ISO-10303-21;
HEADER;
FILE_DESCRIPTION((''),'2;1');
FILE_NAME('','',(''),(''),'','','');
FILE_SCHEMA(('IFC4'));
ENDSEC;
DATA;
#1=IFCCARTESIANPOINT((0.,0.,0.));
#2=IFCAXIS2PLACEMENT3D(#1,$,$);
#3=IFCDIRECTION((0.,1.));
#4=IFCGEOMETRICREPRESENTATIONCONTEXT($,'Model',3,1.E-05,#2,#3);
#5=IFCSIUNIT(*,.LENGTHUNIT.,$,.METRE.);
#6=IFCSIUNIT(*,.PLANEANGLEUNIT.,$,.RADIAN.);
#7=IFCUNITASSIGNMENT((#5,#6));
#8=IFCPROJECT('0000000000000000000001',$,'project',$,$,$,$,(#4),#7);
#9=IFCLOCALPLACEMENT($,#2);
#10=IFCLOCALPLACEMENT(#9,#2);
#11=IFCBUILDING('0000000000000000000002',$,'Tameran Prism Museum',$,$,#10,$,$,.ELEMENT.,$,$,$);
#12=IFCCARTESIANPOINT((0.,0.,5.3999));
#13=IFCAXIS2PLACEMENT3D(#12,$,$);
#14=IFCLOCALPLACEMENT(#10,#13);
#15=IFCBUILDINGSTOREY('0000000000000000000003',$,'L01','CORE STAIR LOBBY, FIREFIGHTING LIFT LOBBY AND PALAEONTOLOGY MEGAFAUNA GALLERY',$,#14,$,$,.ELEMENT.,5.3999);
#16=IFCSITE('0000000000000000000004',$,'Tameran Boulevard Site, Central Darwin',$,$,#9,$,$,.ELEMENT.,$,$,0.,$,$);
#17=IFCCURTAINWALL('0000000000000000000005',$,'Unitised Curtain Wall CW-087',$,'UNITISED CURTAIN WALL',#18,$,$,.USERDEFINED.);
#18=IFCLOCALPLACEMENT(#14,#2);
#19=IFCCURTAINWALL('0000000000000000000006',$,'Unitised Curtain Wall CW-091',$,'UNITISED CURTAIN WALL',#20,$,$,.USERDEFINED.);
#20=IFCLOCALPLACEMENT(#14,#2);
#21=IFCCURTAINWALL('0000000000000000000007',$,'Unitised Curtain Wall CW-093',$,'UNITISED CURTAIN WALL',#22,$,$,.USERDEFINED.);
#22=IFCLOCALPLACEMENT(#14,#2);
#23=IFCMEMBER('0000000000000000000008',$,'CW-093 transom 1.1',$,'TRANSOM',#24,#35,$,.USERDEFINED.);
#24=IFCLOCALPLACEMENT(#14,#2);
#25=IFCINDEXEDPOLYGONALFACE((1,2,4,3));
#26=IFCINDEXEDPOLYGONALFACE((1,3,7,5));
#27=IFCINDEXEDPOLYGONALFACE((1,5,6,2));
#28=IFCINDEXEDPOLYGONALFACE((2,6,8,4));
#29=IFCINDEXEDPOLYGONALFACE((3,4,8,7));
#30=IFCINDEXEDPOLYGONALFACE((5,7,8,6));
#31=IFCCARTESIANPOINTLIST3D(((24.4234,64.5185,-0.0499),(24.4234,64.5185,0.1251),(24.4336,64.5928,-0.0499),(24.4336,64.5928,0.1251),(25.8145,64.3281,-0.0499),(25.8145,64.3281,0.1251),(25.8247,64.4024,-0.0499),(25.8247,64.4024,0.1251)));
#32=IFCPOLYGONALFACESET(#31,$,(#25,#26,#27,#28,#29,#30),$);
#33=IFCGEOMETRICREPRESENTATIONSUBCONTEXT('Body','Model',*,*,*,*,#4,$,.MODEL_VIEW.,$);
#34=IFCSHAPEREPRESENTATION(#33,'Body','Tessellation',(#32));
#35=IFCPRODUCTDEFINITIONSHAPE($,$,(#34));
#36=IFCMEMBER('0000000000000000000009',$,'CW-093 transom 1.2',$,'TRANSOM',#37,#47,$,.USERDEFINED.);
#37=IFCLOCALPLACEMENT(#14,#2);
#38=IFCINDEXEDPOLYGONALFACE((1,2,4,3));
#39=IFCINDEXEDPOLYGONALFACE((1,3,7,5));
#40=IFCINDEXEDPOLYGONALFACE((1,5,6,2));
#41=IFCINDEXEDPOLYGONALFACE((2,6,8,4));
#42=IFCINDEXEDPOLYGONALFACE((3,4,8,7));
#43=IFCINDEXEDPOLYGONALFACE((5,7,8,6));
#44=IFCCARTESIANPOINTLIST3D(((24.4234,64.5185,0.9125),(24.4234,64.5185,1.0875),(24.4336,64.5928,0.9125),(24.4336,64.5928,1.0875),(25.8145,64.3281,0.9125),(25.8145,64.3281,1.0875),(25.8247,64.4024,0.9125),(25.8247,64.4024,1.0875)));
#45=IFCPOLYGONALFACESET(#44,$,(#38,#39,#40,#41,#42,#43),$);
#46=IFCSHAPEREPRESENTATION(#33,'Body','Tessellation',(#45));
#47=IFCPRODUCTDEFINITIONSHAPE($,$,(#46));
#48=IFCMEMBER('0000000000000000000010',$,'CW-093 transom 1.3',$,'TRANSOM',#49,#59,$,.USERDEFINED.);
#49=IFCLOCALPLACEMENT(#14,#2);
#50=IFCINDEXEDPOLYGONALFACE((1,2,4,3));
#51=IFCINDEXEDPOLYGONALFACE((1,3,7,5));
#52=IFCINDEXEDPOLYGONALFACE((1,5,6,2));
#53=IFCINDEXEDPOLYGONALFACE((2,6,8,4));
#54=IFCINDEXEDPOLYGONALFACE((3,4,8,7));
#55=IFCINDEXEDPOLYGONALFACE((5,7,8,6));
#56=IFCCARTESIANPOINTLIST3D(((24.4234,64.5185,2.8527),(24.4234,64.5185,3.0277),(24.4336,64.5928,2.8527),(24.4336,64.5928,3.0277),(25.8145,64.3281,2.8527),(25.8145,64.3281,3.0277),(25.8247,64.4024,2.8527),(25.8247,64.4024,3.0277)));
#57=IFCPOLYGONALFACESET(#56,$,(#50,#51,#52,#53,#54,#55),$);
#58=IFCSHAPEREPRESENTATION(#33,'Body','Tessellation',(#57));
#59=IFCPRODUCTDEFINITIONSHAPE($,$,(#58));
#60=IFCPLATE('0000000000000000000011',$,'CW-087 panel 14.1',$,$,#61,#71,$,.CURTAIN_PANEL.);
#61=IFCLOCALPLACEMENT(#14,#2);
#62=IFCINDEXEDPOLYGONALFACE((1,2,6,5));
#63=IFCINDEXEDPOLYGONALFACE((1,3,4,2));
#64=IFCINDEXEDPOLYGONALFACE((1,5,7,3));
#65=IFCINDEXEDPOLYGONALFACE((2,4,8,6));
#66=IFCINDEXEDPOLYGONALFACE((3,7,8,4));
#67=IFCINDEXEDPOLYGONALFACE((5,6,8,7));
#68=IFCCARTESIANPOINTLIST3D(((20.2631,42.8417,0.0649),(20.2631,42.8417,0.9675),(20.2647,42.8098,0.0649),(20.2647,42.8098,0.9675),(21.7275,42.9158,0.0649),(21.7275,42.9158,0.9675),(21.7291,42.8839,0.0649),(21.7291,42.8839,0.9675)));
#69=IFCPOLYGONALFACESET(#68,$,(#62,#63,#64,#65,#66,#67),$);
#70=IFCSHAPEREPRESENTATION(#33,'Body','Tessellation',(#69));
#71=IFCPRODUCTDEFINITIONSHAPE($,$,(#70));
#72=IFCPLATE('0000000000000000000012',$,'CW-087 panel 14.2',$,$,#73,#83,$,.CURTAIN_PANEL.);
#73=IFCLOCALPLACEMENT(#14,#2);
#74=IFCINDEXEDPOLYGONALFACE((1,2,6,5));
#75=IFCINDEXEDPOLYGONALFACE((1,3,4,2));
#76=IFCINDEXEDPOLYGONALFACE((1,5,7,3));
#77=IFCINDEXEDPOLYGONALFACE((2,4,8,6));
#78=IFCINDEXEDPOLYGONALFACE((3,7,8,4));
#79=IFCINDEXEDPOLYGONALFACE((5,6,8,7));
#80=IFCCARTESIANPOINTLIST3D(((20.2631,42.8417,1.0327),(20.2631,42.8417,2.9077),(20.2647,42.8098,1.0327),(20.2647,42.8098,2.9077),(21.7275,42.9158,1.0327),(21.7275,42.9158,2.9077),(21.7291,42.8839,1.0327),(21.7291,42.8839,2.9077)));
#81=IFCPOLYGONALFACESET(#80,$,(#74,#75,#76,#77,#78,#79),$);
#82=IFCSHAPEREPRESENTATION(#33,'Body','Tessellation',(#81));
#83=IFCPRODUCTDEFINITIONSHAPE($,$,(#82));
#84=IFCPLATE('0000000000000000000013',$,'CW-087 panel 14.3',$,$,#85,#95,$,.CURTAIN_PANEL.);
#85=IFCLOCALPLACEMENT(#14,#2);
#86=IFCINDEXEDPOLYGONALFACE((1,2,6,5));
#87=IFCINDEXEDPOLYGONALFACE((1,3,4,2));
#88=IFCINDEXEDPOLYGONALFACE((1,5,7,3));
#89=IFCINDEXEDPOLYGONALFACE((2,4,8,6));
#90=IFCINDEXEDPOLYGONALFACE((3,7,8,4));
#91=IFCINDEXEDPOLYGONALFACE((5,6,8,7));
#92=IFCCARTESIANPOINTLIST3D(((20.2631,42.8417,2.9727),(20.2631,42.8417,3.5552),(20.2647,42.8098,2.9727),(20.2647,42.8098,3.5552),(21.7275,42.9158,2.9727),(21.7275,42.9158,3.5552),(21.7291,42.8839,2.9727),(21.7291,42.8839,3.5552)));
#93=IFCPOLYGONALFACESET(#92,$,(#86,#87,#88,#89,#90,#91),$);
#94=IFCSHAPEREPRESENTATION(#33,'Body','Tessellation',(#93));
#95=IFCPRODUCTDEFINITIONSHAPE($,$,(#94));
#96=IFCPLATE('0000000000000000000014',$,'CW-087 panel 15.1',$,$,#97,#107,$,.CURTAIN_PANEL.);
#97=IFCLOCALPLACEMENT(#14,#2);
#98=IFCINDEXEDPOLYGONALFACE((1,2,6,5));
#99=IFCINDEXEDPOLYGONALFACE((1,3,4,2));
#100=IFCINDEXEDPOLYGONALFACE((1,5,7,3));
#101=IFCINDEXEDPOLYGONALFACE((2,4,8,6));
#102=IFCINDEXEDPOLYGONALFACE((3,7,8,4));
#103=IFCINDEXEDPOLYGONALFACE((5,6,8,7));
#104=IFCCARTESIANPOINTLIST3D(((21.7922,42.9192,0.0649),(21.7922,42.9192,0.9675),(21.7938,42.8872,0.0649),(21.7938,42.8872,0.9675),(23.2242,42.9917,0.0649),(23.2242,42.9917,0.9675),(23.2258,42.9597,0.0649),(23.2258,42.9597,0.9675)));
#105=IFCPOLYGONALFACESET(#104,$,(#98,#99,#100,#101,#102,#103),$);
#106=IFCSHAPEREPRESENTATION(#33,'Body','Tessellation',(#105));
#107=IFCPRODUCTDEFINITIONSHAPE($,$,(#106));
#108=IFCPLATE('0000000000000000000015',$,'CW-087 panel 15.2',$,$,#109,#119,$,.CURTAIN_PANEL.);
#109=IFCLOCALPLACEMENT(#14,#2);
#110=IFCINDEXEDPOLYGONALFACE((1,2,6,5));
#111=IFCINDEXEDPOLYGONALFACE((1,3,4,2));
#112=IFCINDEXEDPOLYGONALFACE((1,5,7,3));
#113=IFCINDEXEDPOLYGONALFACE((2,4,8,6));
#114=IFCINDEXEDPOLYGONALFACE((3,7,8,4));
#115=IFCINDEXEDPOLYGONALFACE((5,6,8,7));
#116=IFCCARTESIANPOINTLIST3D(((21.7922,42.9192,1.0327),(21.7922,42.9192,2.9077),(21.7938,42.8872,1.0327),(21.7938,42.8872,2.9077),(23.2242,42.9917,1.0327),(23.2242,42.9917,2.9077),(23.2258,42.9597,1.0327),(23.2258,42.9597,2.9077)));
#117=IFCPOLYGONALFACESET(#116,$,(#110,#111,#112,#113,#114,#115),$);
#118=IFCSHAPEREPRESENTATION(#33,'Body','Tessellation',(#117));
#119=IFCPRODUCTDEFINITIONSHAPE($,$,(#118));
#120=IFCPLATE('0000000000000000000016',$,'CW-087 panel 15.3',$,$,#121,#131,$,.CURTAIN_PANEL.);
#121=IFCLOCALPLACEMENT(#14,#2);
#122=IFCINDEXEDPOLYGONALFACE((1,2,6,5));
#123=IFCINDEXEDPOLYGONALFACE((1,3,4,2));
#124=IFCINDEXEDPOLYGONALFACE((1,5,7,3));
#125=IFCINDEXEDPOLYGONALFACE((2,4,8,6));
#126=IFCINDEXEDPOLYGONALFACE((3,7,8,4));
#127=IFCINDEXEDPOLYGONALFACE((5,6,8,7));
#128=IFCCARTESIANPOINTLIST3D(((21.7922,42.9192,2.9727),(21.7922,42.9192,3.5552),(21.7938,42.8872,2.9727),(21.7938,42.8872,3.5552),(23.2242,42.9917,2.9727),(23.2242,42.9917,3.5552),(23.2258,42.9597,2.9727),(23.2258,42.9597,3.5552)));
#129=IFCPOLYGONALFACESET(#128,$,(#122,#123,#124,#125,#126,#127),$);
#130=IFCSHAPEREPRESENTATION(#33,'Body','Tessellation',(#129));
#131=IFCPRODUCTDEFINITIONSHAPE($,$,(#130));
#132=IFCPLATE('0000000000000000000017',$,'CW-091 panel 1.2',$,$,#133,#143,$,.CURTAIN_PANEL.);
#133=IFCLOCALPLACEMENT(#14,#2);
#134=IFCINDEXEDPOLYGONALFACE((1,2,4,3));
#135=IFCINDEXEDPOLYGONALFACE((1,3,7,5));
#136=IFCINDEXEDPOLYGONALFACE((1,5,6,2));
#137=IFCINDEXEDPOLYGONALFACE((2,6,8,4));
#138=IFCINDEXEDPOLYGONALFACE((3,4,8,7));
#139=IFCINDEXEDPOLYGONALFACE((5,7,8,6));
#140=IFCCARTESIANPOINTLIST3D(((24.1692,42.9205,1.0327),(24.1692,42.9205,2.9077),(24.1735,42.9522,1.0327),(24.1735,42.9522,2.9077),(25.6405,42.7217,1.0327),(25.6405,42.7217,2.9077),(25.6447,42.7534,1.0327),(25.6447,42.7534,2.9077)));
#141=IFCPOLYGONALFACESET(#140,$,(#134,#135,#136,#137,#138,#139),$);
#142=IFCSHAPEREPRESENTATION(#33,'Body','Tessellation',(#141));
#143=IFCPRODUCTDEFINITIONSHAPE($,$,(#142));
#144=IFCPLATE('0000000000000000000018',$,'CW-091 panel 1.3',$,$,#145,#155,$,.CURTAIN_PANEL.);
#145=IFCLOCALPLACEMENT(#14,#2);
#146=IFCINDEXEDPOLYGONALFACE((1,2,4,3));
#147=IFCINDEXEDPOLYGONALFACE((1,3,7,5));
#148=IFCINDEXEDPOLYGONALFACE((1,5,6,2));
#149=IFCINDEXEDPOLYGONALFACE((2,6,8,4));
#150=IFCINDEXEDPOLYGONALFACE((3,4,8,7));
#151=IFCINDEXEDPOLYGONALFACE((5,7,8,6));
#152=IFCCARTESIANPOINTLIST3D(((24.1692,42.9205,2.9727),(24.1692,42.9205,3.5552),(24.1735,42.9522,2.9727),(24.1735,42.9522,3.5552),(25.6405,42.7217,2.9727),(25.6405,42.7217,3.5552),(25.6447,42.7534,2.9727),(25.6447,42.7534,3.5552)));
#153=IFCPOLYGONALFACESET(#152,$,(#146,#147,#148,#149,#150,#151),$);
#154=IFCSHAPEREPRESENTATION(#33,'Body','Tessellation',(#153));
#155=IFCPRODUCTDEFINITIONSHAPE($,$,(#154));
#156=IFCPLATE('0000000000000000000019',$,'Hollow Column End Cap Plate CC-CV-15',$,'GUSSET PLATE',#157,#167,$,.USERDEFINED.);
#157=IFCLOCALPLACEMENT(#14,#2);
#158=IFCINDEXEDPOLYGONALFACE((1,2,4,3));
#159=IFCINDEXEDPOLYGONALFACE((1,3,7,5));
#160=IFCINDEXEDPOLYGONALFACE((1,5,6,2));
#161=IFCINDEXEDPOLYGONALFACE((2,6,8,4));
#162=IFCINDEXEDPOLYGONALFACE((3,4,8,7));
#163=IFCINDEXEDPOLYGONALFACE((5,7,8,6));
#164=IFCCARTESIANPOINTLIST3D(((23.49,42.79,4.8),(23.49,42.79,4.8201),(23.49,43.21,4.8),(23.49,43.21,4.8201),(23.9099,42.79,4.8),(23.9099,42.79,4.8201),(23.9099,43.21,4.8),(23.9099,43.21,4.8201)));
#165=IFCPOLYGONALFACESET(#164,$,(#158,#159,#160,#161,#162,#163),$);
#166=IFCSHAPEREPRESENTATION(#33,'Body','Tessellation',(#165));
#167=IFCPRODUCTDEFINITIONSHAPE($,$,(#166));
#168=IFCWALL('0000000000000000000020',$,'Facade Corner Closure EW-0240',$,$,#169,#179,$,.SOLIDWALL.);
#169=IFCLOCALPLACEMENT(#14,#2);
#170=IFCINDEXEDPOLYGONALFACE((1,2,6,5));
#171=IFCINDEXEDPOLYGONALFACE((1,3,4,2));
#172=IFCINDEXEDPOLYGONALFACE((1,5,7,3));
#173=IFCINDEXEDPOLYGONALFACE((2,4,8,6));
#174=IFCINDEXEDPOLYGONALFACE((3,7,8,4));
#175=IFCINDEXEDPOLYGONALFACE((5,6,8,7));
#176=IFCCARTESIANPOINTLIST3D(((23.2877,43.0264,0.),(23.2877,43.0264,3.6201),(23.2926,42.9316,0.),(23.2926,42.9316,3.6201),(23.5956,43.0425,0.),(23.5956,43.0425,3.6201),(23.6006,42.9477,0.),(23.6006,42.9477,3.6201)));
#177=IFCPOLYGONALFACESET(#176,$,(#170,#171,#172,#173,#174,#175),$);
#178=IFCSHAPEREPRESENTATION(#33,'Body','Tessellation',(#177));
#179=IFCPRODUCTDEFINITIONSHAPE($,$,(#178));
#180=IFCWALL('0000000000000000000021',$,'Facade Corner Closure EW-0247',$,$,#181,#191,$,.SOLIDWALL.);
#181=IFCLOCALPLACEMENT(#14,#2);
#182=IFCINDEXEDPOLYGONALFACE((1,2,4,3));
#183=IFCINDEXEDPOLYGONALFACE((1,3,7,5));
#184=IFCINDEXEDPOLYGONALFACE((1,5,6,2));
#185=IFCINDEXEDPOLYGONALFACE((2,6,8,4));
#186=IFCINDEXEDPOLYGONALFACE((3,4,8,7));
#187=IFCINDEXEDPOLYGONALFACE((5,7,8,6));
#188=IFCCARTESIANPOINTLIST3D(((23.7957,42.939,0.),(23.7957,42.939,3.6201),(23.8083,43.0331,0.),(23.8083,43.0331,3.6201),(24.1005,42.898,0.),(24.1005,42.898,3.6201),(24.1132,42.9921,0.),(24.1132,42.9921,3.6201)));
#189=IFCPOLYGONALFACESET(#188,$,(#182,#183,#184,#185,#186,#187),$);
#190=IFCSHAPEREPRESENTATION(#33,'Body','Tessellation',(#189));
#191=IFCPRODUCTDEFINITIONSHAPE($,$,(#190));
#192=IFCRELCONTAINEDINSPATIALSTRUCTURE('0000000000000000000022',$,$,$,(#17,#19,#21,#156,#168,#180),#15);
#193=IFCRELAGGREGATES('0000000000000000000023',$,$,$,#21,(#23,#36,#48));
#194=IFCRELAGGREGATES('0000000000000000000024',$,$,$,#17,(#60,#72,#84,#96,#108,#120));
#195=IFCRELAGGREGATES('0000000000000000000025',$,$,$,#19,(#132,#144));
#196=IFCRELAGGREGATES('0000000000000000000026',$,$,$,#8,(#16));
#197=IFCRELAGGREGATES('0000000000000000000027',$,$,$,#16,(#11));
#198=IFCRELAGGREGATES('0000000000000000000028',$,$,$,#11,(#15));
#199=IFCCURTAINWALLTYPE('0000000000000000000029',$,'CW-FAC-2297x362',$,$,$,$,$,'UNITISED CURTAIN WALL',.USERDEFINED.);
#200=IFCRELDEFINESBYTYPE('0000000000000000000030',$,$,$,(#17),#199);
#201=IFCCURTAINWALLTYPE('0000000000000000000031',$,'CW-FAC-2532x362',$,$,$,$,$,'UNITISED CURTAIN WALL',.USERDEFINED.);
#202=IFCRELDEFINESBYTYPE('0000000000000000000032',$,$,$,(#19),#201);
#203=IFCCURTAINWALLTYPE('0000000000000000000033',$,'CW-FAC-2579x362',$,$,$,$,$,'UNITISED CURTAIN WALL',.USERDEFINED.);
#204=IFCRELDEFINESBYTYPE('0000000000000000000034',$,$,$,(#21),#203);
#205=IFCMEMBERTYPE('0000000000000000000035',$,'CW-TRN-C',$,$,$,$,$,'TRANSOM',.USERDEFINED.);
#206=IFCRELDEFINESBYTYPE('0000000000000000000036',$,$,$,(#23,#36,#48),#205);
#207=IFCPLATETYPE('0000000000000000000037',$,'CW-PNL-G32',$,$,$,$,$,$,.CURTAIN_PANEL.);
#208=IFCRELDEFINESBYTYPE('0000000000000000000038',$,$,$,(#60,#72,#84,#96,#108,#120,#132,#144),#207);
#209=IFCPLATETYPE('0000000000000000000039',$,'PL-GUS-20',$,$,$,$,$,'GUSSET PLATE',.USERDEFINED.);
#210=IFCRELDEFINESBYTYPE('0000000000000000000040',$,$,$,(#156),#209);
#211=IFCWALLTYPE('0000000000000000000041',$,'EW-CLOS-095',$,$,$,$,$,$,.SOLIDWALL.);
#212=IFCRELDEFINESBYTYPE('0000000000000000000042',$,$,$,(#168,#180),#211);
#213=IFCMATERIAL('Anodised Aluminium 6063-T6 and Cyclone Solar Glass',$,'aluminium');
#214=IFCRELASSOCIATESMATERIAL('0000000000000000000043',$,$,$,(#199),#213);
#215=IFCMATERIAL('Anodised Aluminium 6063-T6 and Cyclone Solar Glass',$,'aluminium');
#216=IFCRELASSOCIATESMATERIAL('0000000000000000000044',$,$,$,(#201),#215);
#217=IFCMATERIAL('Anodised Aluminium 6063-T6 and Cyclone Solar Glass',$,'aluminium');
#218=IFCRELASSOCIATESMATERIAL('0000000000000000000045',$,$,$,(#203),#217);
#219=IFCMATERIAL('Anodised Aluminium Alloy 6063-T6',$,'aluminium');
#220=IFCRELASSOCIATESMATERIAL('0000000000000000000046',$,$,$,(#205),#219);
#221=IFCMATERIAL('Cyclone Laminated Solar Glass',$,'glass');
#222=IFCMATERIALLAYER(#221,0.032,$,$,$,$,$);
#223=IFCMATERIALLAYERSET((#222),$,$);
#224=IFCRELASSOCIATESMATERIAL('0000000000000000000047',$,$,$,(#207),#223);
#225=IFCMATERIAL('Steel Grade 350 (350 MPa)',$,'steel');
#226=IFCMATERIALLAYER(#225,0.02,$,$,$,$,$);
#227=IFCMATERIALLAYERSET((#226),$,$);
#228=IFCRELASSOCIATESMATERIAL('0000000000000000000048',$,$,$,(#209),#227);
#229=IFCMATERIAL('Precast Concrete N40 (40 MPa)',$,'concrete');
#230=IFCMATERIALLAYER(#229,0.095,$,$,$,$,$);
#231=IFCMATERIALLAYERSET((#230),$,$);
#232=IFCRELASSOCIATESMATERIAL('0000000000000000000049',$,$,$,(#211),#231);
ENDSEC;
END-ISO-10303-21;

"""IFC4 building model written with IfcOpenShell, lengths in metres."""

from ifc_helpers import new_model, si_unit, direction, frame, frame_2d, origin, origin_2d, place, context, subcontext, project, spatial, rectangle, extrude, material, layer, layer_set, material_profile, profile_set, type_object, element, aggregate, save


model = new_model("IFC4")

# Units and contexts
model_context = context("Model", 3, precision=1e-05, world=origin(), true_north=direction((0.0, 1.0)))
body_context = subcontext(model_context, "Body", "Model", "MODEL_VIEW")
ifc_project = project(units=[si_unit("LENGTHUNIT", "METRE"), si_unit("PLANEANGLEUNIT", "RADIAN")], contexts=[model_context])

# Site, building, storey
site_placement = place(None, origin())
site = spatial("IfcSite", under=ifc_project, at=site_placement, Name="Tameran Boulevard Site, Central Darwin", CompositionType="ELEMENT", RefElevation=0.0)
building_placement = place(site_placement, origin())
building = spatial("IfcBuilding", under=site, at=building_placement, Name="Tameran Prism Museum", CompositionType="ELEMENT")
storey_placement = place(building_placement, frame((0.0, 0.0, 5.3999)))
storey = spatial("IfcBuildingStorey", under=building, at=storey_placement, Name="L01", Description="CORE STAIR LOBBY, FIREFIGHTING LIFT LOBBY AND PALAEONTOLOGY MEGAFAUNA GALLERY", CompositionType="ELEMENT", Elevation=5.3999)

# Curtain wall
ifc_material_1 = material(Name="Anodised Aluminium 6063-T6 and Cyclone Solar Glass", Category="aluminium")
curtain_wall_type_1 = type_object("IfcCurtainWallType", Name="CW-FAC-2297x362", ElementType="UNITISED CURTAIN WALL", PredefinedType="USERDEFINED", material=ifc_material_1)
curtain_wall_1_placement = place(storey_placement, origin())
curtain_wall_1 = element("IfcCurtainWall", 1, at=curtain_wall_1_placement, inside=storey, type_object=curtain_wall_type_1, Name="Unitised Curtain Wall CW-087", ObjectType="UNITISED CURTAIN WALL", PredefinedType="USERDEFINED")

# Curtain walls
ifc_material_2 = material(Name="Anodised Aluminium 6063-T6 and Cyclone Solar Glass", Category="aluminium")
curtain_wall_type_2 = type_object("IfcCurtainWallType", Name="CW-FAC-2532x362", ElementType="UNITISED CURTAIN WALL", PredefinedType="USERDEFINED", material=ifc_material_2)
curtain_wall_2_placement = place(storey_placement, origin())
curtain_wall_2 = element("IfcCurtainWall", 2, at=curtain_wall_2_placement, inside=storey, type_object=curtain_wall_type_2, Name="Unitised Curtain Wall CW-091", ObjectType="UNITISED CURTAIN WALL", PredefinedType="USERDEFINED")
ifc_material_3 = material(Name="Anodised Aluminium 6063-T6 and Cyclone Solar Glass", Category="aluminium")
curtain_wall_type_3 = type_object("IfcCurtainWallType", Name="CW-FAC-2579x362", ElementType="UNITISED CURTAIN WALL", PredefinedType="USERDEFINED", material=ifc_material_3)
curtain_wall_3_placement = place(storey_placement, origin())
curtain_wall_3 = element("IfcCurtainWall", 3, at=curtain_wall_3_placement, inside=storey, type_object=curtain_wall_type_3, Name="Unitised Curtain Wall CW-093", ObjectType="UNITISED CURTAIN WALL", PredefinedType="USERDEFINED")

# Members
ifc_material_4 = material(Name="Anodised Aluminium Alloy 6063-T6", Category="aluminium")
ifc_material_profile_1 = material_profile(ifc_material_4, rectangle(XDim=0.075, YDim=0.175, at=origin_2d()))
ifc_profile_set_1 = profile_set([ifc_material_profile_1])
member_type_1 = type_object("IfcMemberType", Name="CW-TRN-C", ElementType="TRANSOM", PredefinedType="USERDEFINED", material=ifc_profile_set_1)
member_1_placement = place(storey_placement, frame((25.8196, 64.3652, 0.0376), z_axis=(-0.99076, 0.135625, 0.0), x_axis=(-0.135625, -0.99076, 0.0)))
member_1 = element("IfcMember", 4, at=member_1_placement, type_object=member_type_1, Name="CW-093 transom 1.1", ObjectType="TRANSOM", PredefinedType="USERDEFINED", context=body_context, shape_type="SweptSolid", body=[
    extrude(rectangle(XDim=0.075, YDim=0.175, at=origin_2d()), origin(), (0.0, 0.0, 1.0), 1.4041),
])
member_2_placement = place(storey_placement, frame((25.8196, 64.3652, 1.0), z_axis=(-0.99076, 0.135625, 0.0), x_axis=(-0.135625, -0.99076, 0.0)))
member_2 = element("IfcMember", 5, at=member_2_placement, type_object=member_type_1, Name="CW-093 transom 1.2", ObjectType="TRANSOM", PredefinedType="USERDEFINED", context=body_context, shape_type="SweptSolid", body=[
    extrude(rectangle(XDim=0.075, YDim=0.175, at=origin_2d()), origin(), (0.0, 0.0, 1.0), 1.4041),
])
member_3_placement = place(storey_placement, frame((25.8196, 64.3652, 2.9402), z_axis=(-0.99076, 0.135625, 0.0), x_axis=(-0.135625, -0.99076, 0.0)))
member_3 = element("IfcMember", 6, at=member_3_placement, type_object=member_type_1, Name="CW-093 transom 1.3", ObjectType="TRANSOM", PredefinedType="USERDEFINED", context=body_context, shape_type="SweptSolid", body=[
    extrude(rectangle(XDim=0.075, YDim=0.175, at=origin_2d()), origin(), (0.0, 0.0, 1.0), 1.4041),
])
aggregate(curtain_wall_3, [member_1, member_2, member_3])

# Plates
ifc_material_5 = material(Name="Cyclone Laminated Solar Glass", Category="glass")
ifc_layer_1 = layer(ifc_material_5, 0.032)
ifc_layer_set_1 = layer_set([ifc_layer_1])
plate_type_1 = type_object("IfcPlateType", Name="CW-PNL-G32", PredefinedType="CURTAIN_PANEL", material=ifc_layer_set_1)
plate_1_placement = place(storey_placement, frame((20.9961, 42.8628, 0.0649), z_axis=(0.0, 0.0, 1.0), x_axis=(0.998722, 0.050546, 0.0)))
plate_1 = element("IfcPlate", 7, at=plate_1_placement, type_object=plate_type_1, Name="CW-087 panel 14.1", PredefinedType="CURTAIN_PANEL", context=body_context, shape_type="SweptSolid", body=[
    extrude(rectangle(XDim=1.4663, YDim=0.032, at=origin_2d()), origin(), (0.0, 0.0, 1.0), 0.9026),
])
plate_2_placement = place(storey_placement, frame((20.9961, 42.8628, 1.0327), z_axis=(0.0, 0.0, 1.0), x_axis=(0.998722, 0.050546, 0.0)))
plate_2 = element("IfcPlate", 8, at=plate_2_placement, type_object=plate_type_1, Name="CW-087 panel 14.2", PredefinedType="CURTAIN_PANEL", context=body_context, shape_type="SweptSolid", body=[
    extrude(rectangle(XDim=1.4663, YDim=0.032, at=origin_2d()), origin(), (0.0, 0.0, 1.0), 1.875),
])
plate_3_placement = place(storey_placement, frame((20.9961, 42.8628, 2.9727), z_axis=(0.0, 0.0, 1.0), x_axis=(0.998722, 0.050546, 0.0)))
plate_3 = element("IfcPlate", 9, at=plate_3_placement, type_object=plate_type_1, Name="CW-087 panel 14.3", PredefinedType="CURTAIN_PANEL", context=body_context, shape_type="SweptSolid", body=[
    extrude(rectangle(XDim=1.4663, YDim=0.032, at=origin_2d()), origin(), (0.0, 0.0, 1.0), 0.5825),
])
plate_4_placement = place(storey_placement, frame((22.509, 42.9395, 0.0649), z_axis=(0.0, 0.0, 1.0), x_axis=(0.998722, 0.050546, 0.0)))
plate_4 = element("IfcPlate", 10, at=plate_4_placement, type_object=plate_type_1, Name="CW-087 panel 15.1", PredefinedType="CURTAIN_PANEL", context=body_context, shape_type="SweptSolid", body=[
    extrude(rectangle(XDim=1.4338, YDim=0.032, at=origin_2d()), origin(), (0.0, 0.0, 1.0), 0.9026),
])
plate_5_placement = place(storey_placement, frame((22.509, 42.9395, 1.0327), z_axis=(0.0, 0.0, 1.0), x_axis=(0.998722, 0.050546, 0.0)))
plate_5 = element("IfcPlate", 11, at=plate_5_placement, type_object=plate_type_1, Name="CW-087 panel 15.2", PredefinedType="CURTAIN_PANEL", context=body_context, shape_type="SweptSolid", body=[
    extrude(rectangle(XDim=1.4338, YDim=0.032, at=origin_2d()), origin(), (0.0, 0.0, 1.0), 1.875),
])
plate_6_placement = place(storey_placement, frame((22.509, 42.9395, 2.9727), z_axis=(0.0, 0.0, 1.0), x_axis=(0.998722, 0.050546, 0.0)))
plate_6 = element("IfcPlate", 12, at=plate_6_placement, type_object=plate_type_1, Name="CW-087 panel 15.3", PredefinedType="CURTAIN_PANEL", context=body_context, shape_type="SweptSolid", body=[
    extrude(rectangle(XDim=1.4338, YDim=0.032, at=origin_2d()), origin(), (0.0, 0.0, 1.0), 0.5825),
])
aggregate(curtain_wall_1, [plate_1, plate_2, plate_3, plate_4, plate_5, plate_6])
plate_7_placement = place(storey_placement, frame((24.907, 42.8369, 1.0327), z_axis=(0.0, 0.0, 1.0), x_axis=(0.990993, -0.133913, 0.0)))
plate_7 = element("IfcPlate", 13, at=plate_7_placement, type_object=plate_type_1, Name="CW-091 panel 1.2", PredefinedType="CURTAIN_PANEL", context=body_context, shape_type="SweptSolid", body=[
    extrude(rectangle(XDim=1.4846, YDim=0.032, at=origin_2d()), origin(), (0.0, 0.0, 1.0), 1.875),
])
plate_8_placement = place(storey_placement, frame((24.907, 42.8369, 2.9727), z_axis=(0.0, 0.0, 1.0), x_axis=(0.990993, -0.133913, 0.0)))
plate_8 = element("IfcPlate", 14, at=plate_8_placement, type_object=plate_type_1, Name="CW-091 panel 1.3", PredefinedType="CURTAIN_PANEL", context=body_context, shape_type="SweptSolid", body=[
    extrude(rectangle(XDim=1.4846, YDim=0.032, at=origin_2d()), origin(), (0.0, 0.0, 1.0), 0.5825),
])
aggregate(curtain_wall_2, [plate_7, plate_8])
ifc_material_6 = material(Name="Steel Grade 350 (350 MPa)", Category="steel")
ifc_layer_2 = layer(ifc_material_6, 0.02)
ifc_layer_set_2 = layer_set([ifc_layer_2])
plate_type_2 = type_object("IfcPlateType", Name="PL-GUS-20", ElementType="GUSSET PLATE", PredefinedType="USERDEFINED", material=ifc_layer_set_2)
plate_9_placement = place(storey_placement, frame((23.7, 43.0, 4.8), z_axis=(0.0, 0.0, 1.0), x_axis=(1.0, 0.0, 0.0)))
element("IfcPlate", 15, at=plate_9_placement, inside=storey, type_object=plate_type_2, Name="Hollow Column End Cap Plate CC-CV-15", ObjectType="GUSSET PLATE", PredefinedType="USERDEFINED", context=body_context, shape_type="SweptSolid", body=[
    extrude(rectangle(XDim=0.4199, YDim=0.4199, at=origin_2d()), origin(), (0.0, 0.0, 1.0), 0.02),
])

# Walls
ifc_material_7 = material(Name="Precast Concrete N40 (40 MPa)", Category="concrete")
ifc_layer_3 = layer(ifc_material_7, 0.095)
ifc_layer_set_3 = layer_set([ifc_layer_3])
wall_type = type_object("IfcWallType", Name="EW-CLOS-095", PredefinedType="SOLIDWALL", material=ifc_layer_set_3)
wall_placement = place(storey_placement, frame((23.29, 42.979, 0.0), z_axis=(0.0, 0.0, 1.0), x_axis=(0.998633, 0.052268, 0.0)))
element("IfcWall", 16, at=wall_placement, inside=storey, type_object=wall_type, Name="Facade Corner Closure EW-0240", PredefinedType="SOLIDWALL", context=body_context, shape_type="SweptSolid", body=[
    extrude(rectangle(XDim=0.3083, YDim=0.095, at=frame_2d((0.1543, 0.0))), origin(), (0.0, 0.0, 1.0), 3.6201),
])
for number, where, z_axis, x_axis, name in (
    (17, (23.802, 42.9861, 0.0), (0.0, 0.0, 1.0), (0.991075, -0.133307, 0.0), "Facade Corner Closure EW-0247"),
):
    element("IfcWall", number, at=place(storey_placement, frame(where, z_axis=z_axis, x_axis=x_axis)), inside=storey, type_object=wall_type, Name=name, PredefinedType="SOLIDWALL", context=body_context, shape_type="SweptSolid", body=[
        extrude(rectangle(XDim=0.3076, YDim=0.095, at=frame_2d((0.1538, 0.0))), origin(), (0.0, 0.0, 1.0), 3.6201),
    ])

save(model, "model.ifc")
